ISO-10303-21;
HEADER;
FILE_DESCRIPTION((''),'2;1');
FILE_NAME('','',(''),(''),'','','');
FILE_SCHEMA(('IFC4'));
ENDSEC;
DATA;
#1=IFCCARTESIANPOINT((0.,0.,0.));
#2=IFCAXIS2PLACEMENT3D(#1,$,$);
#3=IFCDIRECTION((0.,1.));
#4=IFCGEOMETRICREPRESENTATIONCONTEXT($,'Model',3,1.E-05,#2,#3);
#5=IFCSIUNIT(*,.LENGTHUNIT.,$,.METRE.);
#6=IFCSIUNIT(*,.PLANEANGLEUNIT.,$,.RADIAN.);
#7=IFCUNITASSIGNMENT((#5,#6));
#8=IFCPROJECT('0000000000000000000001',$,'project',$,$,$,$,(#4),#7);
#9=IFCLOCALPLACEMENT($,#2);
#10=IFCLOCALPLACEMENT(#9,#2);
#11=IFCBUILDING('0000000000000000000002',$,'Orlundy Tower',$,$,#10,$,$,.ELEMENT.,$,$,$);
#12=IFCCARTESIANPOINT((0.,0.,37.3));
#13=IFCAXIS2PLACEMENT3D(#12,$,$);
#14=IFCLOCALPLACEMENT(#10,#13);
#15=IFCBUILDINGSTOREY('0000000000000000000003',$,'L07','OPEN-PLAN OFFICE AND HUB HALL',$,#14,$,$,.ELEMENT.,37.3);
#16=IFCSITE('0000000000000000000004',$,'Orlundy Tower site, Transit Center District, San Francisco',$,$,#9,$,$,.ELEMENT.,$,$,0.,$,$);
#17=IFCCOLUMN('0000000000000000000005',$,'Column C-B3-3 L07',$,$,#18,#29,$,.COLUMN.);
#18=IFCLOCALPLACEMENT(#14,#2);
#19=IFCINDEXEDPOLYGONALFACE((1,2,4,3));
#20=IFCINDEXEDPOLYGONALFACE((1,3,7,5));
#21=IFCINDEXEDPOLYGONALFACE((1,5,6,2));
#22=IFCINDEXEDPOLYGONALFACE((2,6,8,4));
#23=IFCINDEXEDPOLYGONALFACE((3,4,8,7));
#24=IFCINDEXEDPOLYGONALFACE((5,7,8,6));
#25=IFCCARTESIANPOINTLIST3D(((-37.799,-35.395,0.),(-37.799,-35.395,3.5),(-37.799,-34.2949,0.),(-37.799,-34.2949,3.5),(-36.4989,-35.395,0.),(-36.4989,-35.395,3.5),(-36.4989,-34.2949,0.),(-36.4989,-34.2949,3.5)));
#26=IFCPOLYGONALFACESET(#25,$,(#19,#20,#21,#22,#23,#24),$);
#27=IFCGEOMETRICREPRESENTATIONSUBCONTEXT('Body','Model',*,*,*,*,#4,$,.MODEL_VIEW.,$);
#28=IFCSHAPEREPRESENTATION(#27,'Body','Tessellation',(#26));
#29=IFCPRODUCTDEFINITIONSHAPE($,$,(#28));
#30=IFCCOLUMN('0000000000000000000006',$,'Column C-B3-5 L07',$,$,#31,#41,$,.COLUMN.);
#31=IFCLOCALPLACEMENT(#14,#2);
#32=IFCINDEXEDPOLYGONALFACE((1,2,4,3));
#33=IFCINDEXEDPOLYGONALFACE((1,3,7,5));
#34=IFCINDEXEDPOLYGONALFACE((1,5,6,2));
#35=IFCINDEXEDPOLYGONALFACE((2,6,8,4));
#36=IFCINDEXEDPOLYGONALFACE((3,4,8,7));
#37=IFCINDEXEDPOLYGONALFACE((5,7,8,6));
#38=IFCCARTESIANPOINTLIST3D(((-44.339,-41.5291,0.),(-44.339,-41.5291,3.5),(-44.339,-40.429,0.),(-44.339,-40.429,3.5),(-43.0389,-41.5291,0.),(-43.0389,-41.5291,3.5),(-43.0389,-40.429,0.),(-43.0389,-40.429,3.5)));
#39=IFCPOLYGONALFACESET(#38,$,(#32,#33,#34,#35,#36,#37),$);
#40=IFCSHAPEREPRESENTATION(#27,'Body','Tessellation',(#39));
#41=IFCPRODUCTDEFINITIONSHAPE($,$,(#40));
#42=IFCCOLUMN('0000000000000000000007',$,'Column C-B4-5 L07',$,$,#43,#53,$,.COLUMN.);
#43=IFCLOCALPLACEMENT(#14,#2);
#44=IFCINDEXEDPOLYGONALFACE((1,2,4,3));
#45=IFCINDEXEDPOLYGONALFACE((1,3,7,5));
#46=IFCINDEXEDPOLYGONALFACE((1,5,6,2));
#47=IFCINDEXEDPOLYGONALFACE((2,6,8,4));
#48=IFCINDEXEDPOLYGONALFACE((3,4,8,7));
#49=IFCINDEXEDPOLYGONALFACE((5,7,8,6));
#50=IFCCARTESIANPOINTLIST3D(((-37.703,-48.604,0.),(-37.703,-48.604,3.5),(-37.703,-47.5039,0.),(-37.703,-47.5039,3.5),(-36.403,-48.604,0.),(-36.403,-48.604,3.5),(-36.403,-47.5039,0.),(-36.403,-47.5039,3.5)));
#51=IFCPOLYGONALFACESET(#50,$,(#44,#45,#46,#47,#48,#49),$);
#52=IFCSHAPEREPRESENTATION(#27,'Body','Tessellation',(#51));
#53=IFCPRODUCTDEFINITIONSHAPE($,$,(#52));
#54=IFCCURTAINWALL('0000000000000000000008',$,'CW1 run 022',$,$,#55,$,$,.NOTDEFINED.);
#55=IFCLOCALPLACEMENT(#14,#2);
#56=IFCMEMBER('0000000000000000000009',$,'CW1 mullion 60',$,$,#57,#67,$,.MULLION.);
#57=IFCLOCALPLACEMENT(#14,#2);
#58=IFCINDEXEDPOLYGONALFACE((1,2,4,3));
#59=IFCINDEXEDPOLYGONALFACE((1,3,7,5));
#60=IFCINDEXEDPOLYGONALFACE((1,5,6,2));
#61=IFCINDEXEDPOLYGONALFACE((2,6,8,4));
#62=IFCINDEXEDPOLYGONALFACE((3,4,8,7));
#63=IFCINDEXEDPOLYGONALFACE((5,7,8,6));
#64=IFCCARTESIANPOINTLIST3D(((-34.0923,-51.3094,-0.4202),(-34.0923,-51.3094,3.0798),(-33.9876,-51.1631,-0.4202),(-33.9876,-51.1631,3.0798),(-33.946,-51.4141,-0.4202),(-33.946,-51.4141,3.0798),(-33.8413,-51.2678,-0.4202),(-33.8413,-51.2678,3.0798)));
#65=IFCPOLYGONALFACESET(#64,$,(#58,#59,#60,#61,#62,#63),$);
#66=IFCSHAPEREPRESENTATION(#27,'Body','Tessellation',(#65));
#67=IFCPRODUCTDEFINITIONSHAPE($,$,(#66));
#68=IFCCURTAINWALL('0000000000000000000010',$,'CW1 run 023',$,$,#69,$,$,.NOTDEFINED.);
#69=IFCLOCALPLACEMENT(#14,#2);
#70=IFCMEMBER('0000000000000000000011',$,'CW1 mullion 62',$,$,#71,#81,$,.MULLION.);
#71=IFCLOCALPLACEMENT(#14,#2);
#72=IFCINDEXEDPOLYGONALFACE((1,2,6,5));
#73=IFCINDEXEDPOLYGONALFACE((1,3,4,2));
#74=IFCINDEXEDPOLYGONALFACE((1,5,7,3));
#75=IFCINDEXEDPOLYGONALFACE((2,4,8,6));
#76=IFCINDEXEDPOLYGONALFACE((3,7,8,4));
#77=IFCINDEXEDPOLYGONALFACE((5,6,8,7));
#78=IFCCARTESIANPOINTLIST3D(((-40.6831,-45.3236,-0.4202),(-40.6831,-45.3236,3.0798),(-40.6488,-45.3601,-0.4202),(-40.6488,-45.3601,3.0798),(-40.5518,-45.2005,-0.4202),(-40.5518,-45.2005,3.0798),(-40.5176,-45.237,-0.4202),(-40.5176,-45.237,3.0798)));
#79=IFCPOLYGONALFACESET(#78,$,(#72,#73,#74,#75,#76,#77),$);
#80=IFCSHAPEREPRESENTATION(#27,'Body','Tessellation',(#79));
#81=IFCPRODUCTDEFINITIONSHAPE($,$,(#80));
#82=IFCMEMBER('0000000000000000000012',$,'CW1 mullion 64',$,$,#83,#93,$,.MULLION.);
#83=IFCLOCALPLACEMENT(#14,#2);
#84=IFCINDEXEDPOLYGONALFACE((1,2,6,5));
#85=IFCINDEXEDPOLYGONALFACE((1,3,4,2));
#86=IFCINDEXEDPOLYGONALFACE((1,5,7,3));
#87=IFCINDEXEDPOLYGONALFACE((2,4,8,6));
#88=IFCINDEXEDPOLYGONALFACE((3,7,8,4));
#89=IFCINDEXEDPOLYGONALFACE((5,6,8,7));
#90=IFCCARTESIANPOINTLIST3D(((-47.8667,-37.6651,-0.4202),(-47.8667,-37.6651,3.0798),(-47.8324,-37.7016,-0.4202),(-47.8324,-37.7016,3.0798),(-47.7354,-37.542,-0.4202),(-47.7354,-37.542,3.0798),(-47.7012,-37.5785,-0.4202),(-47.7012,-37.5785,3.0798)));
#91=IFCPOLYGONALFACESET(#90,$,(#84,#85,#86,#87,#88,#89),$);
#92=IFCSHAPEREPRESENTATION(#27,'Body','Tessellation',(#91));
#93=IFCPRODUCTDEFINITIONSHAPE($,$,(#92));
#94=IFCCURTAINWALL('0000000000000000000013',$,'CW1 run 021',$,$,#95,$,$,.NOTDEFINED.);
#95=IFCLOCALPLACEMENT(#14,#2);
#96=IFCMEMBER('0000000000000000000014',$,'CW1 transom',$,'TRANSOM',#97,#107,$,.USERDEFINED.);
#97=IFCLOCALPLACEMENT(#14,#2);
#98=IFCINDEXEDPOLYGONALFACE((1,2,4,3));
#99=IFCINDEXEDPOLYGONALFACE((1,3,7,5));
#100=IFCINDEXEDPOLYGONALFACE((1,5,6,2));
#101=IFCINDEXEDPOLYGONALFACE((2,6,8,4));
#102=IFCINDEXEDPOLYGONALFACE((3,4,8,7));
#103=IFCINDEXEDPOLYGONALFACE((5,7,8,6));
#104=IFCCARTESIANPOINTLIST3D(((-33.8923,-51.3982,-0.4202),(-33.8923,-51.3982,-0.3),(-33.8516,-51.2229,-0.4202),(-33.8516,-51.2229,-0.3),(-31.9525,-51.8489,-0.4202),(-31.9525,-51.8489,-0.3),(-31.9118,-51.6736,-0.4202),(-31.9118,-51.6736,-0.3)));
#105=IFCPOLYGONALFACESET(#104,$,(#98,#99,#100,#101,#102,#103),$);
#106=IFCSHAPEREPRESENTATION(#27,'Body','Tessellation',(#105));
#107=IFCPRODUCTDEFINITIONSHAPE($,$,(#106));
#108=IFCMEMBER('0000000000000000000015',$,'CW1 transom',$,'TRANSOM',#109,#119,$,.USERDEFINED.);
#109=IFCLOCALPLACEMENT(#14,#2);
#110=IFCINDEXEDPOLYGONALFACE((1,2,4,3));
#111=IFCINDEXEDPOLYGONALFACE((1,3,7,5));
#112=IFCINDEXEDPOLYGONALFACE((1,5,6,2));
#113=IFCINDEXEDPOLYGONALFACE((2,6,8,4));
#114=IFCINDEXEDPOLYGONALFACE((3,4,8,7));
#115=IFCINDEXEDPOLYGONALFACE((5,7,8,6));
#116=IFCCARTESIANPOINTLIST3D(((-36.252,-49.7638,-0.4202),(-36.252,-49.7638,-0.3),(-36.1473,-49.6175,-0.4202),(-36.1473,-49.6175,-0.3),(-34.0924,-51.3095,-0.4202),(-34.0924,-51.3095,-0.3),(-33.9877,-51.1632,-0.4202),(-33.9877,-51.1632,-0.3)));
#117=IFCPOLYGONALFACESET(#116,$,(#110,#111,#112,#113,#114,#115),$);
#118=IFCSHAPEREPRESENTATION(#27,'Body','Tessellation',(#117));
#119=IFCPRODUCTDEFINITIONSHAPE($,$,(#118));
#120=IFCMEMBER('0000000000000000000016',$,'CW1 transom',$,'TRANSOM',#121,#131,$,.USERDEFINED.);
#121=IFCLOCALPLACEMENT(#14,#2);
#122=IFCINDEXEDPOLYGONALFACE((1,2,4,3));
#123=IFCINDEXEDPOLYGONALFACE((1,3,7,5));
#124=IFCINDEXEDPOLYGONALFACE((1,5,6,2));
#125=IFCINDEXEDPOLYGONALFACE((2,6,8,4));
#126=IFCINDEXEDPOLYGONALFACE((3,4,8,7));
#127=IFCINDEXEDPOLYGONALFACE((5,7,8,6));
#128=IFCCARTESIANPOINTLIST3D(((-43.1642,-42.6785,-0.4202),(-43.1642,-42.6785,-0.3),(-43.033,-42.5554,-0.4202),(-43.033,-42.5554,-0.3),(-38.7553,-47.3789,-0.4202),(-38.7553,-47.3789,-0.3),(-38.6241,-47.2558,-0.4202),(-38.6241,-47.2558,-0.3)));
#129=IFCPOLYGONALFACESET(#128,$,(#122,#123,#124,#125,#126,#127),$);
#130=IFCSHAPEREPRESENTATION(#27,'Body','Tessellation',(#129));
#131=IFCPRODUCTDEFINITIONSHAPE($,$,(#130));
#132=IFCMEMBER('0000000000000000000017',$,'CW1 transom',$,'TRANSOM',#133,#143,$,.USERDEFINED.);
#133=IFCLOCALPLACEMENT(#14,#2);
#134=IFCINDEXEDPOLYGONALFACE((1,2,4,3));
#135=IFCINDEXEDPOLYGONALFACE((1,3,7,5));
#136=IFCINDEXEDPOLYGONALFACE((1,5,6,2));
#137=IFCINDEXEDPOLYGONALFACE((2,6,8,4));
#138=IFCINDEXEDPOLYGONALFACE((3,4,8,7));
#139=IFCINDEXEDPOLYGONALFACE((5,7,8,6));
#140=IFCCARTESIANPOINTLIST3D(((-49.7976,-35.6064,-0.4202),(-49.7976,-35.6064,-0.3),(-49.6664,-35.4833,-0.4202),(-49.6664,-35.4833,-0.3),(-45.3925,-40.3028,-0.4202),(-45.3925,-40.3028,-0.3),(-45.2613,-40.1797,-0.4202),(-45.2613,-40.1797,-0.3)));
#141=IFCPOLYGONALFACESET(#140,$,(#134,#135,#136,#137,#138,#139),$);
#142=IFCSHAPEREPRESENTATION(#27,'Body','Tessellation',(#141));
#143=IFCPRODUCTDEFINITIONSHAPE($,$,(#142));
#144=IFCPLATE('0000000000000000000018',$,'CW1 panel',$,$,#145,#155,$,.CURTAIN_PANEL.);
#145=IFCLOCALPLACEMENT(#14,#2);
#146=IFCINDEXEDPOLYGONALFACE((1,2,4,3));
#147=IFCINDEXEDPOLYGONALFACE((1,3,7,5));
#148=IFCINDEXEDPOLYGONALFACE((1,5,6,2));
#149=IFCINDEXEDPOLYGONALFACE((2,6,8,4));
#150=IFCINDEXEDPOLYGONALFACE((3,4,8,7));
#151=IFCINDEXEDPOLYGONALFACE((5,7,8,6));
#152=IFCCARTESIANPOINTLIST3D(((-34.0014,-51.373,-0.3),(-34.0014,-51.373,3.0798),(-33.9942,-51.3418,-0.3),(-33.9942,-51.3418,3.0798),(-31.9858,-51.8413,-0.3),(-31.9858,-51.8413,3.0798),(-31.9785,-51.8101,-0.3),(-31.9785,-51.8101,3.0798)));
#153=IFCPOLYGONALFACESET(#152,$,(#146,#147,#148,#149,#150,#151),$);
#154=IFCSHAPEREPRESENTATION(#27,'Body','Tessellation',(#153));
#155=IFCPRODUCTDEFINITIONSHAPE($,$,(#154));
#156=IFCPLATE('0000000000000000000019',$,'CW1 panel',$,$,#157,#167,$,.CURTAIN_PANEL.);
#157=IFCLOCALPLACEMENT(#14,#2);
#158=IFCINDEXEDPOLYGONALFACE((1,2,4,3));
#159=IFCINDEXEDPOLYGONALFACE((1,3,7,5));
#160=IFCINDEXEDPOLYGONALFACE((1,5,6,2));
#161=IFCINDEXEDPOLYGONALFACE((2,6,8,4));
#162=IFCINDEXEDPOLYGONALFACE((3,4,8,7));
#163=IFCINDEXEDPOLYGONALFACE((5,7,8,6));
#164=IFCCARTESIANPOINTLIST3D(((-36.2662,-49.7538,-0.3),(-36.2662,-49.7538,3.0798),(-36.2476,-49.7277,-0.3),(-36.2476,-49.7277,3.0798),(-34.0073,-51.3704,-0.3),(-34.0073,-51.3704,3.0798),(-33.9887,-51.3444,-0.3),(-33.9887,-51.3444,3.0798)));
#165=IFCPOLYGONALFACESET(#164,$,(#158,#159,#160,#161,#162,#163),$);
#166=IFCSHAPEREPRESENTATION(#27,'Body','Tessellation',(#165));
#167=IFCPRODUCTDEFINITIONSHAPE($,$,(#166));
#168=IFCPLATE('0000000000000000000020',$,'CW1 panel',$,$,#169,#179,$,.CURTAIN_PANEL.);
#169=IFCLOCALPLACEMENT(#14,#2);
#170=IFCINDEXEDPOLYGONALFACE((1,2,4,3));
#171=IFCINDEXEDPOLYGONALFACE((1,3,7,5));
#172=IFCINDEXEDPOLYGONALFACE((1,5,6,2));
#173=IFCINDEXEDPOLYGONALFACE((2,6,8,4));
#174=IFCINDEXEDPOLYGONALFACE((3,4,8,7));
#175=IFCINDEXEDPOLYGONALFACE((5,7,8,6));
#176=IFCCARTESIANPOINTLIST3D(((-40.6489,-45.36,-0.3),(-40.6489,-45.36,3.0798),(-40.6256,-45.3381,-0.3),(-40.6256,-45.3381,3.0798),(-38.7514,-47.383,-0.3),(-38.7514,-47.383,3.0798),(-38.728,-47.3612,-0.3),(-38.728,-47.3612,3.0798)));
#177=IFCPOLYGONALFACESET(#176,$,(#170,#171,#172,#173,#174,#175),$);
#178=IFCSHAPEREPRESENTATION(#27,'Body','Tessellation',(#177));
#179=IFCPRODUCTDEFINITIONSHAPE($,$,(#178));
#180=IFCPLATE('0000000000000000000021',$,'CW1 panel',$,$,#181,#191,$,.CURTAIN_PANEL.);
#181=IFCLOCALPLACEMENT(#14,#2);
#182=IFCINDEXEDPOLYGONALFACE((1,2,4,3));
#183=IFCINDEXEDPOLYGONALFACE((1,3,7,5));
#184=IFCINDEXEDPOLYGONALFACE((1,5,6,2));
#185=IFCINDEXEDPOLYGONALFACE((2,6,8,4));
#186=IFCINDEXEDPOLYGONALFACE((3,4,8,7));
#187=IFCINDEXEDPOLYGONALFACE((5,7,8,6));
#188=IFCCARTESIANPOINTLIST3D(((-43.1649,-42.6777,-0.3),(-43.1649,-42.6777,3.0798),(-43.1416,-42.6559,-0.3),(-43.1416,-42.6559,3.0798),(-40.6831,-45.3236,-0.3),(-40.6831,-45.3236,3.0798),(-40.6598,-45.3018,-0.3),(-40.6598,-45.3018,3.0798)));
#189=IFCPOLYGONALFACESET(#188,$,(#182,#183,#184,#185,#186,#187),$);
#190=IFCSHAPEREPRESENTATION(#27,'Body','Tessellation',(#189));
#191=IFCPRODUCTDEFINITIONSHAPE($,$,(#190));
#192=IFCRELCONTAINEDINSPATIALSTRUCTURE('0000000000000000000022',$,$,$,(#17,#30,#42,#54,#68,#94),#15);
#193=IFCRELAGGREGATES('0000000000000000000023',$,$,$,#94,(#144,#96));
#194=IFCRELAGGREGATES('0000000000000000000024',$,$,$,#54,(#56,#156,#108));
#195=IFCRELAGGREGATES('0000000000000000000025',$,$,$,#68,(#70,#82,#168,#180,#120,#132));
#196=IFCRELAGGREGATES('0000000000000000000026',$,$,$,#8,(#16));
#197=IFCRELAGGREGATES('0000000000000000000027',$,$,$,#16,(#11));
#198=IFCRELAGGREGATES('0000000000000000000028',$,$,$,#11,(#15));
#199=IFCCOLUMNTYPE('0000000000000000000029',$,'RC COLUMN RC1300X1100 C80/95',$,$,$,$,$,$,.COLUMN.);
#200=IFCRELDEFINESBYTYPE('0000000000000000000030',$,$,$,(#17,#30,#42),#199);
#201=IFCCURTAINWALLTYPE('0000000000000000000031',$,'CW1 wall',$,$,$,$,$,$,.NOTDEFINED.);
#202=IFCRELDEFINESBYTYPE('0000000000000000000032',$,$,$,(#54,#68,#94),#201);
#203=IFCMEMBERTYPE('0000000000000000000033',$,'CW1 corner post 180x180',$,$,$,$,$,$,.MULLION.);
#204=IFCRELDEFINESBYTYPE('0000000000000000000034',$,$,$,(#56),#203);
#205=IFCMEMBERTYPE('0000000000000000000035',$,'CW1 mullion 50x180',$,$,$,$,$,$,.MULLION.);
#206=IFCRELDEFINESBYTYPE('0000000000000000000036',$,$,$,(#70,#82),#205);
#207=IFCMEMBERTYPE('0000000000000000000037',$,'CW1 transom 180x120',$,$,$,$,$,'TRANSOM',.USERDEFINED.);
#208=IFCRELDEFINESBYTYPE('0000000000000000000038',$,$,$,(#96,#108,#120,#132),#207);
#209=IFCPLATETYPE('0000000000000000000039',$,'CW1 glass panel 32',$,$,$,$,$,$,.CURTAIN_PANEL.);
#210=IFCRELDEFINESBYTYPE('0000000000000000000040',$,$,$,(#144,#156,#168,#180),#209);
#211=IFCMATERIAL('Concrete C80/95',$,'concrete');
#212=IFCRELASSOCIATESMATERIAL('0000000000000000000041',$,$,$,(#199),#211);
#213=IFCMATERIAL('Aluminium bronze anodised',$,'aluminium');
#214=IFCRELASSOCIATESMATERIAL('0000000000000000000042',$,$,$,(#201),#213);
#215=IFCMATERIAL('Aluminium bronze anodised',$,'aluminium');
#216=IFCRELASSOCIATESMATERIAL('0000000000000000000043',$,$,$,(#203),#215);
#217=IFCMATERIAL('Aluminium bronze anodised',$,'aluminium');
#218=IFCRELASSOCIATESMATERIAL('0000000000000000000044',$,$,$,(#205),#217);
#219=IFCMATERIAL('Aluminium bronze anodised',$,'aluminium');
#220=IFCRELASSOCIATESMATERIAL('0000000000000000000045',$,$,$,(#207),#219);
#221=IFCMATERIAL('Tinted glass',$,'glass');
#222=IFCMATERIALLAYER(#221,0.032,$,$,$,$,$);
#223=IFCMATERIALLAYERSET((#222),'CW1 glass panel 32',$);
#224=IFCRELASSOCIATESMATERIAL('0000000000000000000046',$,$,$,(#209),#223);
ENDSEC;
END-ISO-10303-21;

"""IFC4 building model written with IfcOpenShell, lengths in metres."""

from ifc_helpers import new_model, si_unit, direction, frame, origin, origin_2d, place, context, subcontext, project, spatial, rectangle, extrude, material, layer, layer_set, material_profile, profile_set, type_object, element, aggregate, save


model = new_model("IFC4")

# Units and contexts
model_context = context("Model", 3, precision=1e-05, world=origin(), true_north=direction((0.0, 1.0)))
body_context = subcontext(model_context, "Body", "Model", "MODEL_VIEW")
ifc_project = project(units=[si_unit("LENGTHUNIT", "METRE"), si_unit("PLANEANGLEUNIT", "RADIAN")], contexts=[model_context])

# Site, building, storey
site_placement = place(None, origin())
site = spatial("IfcSite", under=ifc_project, at=site_placement, Name="Orlundy Tower site, Transit Center District, San Francisco", CompositionType="ELEMENT", RefElevation=0.0)
building_placement = place(site_placement, origin())
building = spatial("IfcBuilding", under=site, at=building_placement, Name="Orlundy Tower", CompositionType="ELEMENT")
storey_placement = place(building_placement, frame((0.0, 0.0, 37.3)))
storey = spatial("IfcBuildingStorey", under=building, at=storey_placement, Name="L07", Description="OPEN-PLAN OFFICE AND HUB HALL", CompositionType="ELEMENT", Elevation=37.3)

# Columns
ifc_material_1 = material(Name="Concrete C80/95", Category="concrete")
ifc_material_profile_1 = material_profile(ifc_material_1, rectangle(XDim=1.3, YDim=1.1001, at=origin_2d()), Name="RC1300X1100")
ifc_profile_set_1 = profile_set([ifc_material_profile_1], Name="Concrete C80/95")
column_type = type_object("IfcColumnType", Name="RC COLUMN RC1300X1100 C80/95", PredefinedType="COLUMN", material=ifc_profile_set_1)
for number, where, z_axis, x_axis, name in (
    (1, (-37.1489, -34.845, 0.0), (0.0, 0.0, 1.0), (1.0, 0.0, 0.0), "Column C-B3-3 L07"),
    (2, (-43.689, -40.979, 0.0), (0.0, 0.0, 1.0), (1.0, 0.0, 0.0), "Column C-B3-5 L07"),
    (3, (-37.053, -48.054, 0.0), (0.0, 0.0, 1.0), (1.0, 0.0, 0.0), "Column C-B4-5 L07"),
):
    element("IfcColumn", number, at=place(storey_placement, frame(where, z_axis=z_axis, x_axis=x_axis)), inside=storey, type_object=column_type, Name=name, PredefinedType="COLUMN", context=body_context, shape_type="SweptSolid", body=[
        extrude(rectangle(XDim=1.3, YDim=1.1001, at=origin_2d()), origin(), (0.0, 0.0, 1.0), 3.5),
    ])

# Curtain wall, member
ifc_material_2 = material(Name="Aluminium bronze anodised", Category="aluminium")
curtain_wall_type = type_object("IfcCurtainWallType", Name="CW1 wall", PredefinedType="NOTDEFINED", material=ifc_material_2)
curtain_wall_1_placement = place(storey_placement, origin())
curtain_wall_1 = element("IfcCurtainWall", 4, at=curtain_wall_1_placement, inside=storey, type_object=curtain_wall_type, Name="CW1 run 022", PredefinedType="NOTDEFINED")
ifc_material_3 = material(Name="Aluminium bronze anodised", Category="aluminium")
ifc_material_profile_2 = material_profile(ifc_material_3, rectangle(XDim=0.1799, YDim=0.1799, at=origin_2d()), Name="CW1 corner post 180x180")
ifc_profile_set_2 = profile_set([ifc_material_profile_2], Name="Aluminium bronze anodised")
member_type_1 = type_object("IfcMemberType", Name="CW1 corner post 180x180", PredefinedType="MULLION", material=ifc_profile_set_2)
member_1_placement = place(storey_placement, frame((-33.9668, -51.2886, -0.4202), z_axis=(0.0, 0.0, 1.0), x_axis=(-0.581978, -0.813204, 0.0)))
member_1 = element("IfcMember", 5, at=member_1_placement, type_object=member_type_1, Name="CW1 mullion 60", PredefinedType="MULLION", context=body_context, shape_type="SweptSolid", body=[
    extrude(rectangle(XDim=0.1799, YDim=0.1799, at=origin_2d()), origin(), (0.0, 0.0, 1.0), 3.5),
])

# Curtain wall, members
curtain_wall_2_placement = place(storey_placement, origin())
curtain_wall_2 = element("IfcCurtainWall", 6, at=curtain_wall_2_placement, inside=storey, type_object=curtain_wall_type, Name="CW1 run 023", PredefinedType="NOTDEFINED")
ifc_material_4 = material(Name="Aluminium bronze anodised", Category="aluminium")
ifc_material_profile_3 = material_profile(ifc_material_4, rectangle(XDim=0.1799, YDim=0.05, at=origin_2d()), Name="CW1 mullion 50x180")
ifc_profile_set_3 = profile_set([ifc_material_profile_3], Name="Aluminium bronze anodised")
member_type_2 = type_object("IfcMemberType", Name="CW1 mullion 50x180", PredefinedType="MULLION", material=ifc_profile_set_3)
member_2_placement = place(storey_placement, frame((-40.6003, -45.2803, -0.4202), z_axis=(0.0, 0.0, 1.0), x_axis=(-0.729363, -0.684126, 0.0)))
member_2 = element("IfcMember", 7, at=member_2_placement, type_object=member_type_2, Name="CW1 mullion 62", PredefinedType="MULLION", context=body_context, shape_type="SweptSolid", body=[
    extrude(rectangle(XDim=0.1799, YDim=0.05, at=origin_2d()), origin(), (0.0, 0.0, 1.0), 3.5),
])
member_3_placement = place(storey_placement, frame((-47.7839, -37.6218, -0.4202), z_axis=(0.0, 0.0, 1.0), x_axis=(-0.729363, -0.684126, 0.0)))
member_3 = element("IfcMember", 8, at=member_3_placement, type_object=member_type_2, Name="CW1 mullion 64", PredefinedType="MULLION", context=body_context, shape_type="SweptSolid", body=[
    extrude(rectangle(XDim=0.1799, YDim=0.05, at=origin_2d()), origin(), (0.0, 0.0, 1.0), 3.5),
])

# Curtain wall, member
curtain_wall_3_placement = place(storey_placement, origin())
curtain_wall_3 = element("IfcCurtainWall", 9, at=curtain_wall_3_placement, inside=storey, type_object=curtain_wall_type, Name="CW1 run 021", PredefinedType="NOTDEFINED")
ifc_material_5 = material(Name="Aluminium bronze anodised", Category="aluminium")
ifc_material_profile_4 = material_profile(ifc_material_5, rectangle(XDim=0.1799, YDim=0.1201, at=origin_2d()), Name="CW1 transom 180x120")
ifc_profile_set_4 = profile_set([ifc_material_profile_4], Name="Aluminium bronze anodised")
member_type_3 = type_object("IfcMemberType", Name="CW1 transom 180x120", ElementType="TRANSOM", PredefinedType="USERDEFINED", material=ifc_profile_set_4)
member_4_placement = place(storey_placement, frame((-31.9321, -51.7612, -0.3601), z_axis=(-0.974053, 0.226319, 0.0), x_axis=(-0.226319, -0.974053, 0.0)))
member_4 = element("IfcMember", 10, at=member_4_placement, type_object=member_type_3, Name="CW1 transom", ObjectType="TRANSOM", PredefinedType="USERDEFINED", context=body_context, shape_type="SweptSolid", body=[
    extrude(rectangle(XDim=0.1799, YDim=0.1201, at=origin_2d()), origin(), (0.0, 0.0, 1.0), 1.9915),
])

# Members
member_5_placement = place(storey_placement, frame((-34.04, -51.2363, -0.3601), z_axis=(-0.813193, 0.581994, 0.0), x_axis=(-0.581994, -0.813193, 0.0)))
member_5 = element("IfcMember", 11, at=member_5_placement, type_object=member_type_3, Name="CW1 transom", ObjectType="TRANSOM", PredefinedType="USERDEFINED", context=body_context, shape_type="SweptSolid", body=[
    extrude(rectangle(XDim=0.1799, YDim=0.1201, at=origin_2d()), origin(), (0.0, 0.0, 1.0), 2.6558),
])
member_6_placement = place(storey_placement, frame((-38.6897, -47.3174, -0.3601), z_axis=(-0.684129, 0.729361, 0.0), x_axis=(-0.729361, -0.684129, 0.0)))
member_6 = element("IfcMember", 12, at=member_6_placement, type_object=member_type_3, Name="CW1 transom", ObjectType="TRANSOM", PredefinedType="USERDEFINED", context=body_context, shape_type="SweptSolid", body=[
    extrude(rectangle(XDim=0.1799, YDim=0.1201, at=origin_2d()), origin(), (0.0, 0.0, 1.0), 6.4446),
])
member_7_placement = place(storey_placement, frame((-45.3269, -40.2412, -0.3601), z_axis=(-0.684128, 0.729362, 0.0), x_axis=(-0.729362, -0.684128, 0.0)))
member_7 = element("IfcMember", 13, at=member_7_placement, type_object=member_type_3, Name="CW1 transom", ObjectType="TRANSOM", PredefinedType="USERDEFINED", context=body_context, shape_type="SweptSolid", body=[
    extrude(rectangle(XDim=0.1799, YDim=0.1201, at=origin_2d()), origin(), (0.0, 0.0, 1.0), 6.439),
])

# Plates
ifc_material_6 = material(Name="Tinted glass", Category="glass")
ifc_layer_1 = layer(ifc_material_6, 0.032)
ifc_layer_set_1 = layer_set([ifc_layer_1], Name="CW1 glass panel 32")
plate_type = type_object("IfcPlateType", Name="CW1 glass panel 32", PredefinedType="CURTAIN_PANEL", material=ifc_layer_set_1)
plate_1_placement = place(storey_placement, frame((-32.99, -51.5916, -0.3), z_axis=(0.0, 0.0, 1.0), x_axis=(-0.974054, 0.226317, 0.0)))
plate_1 = element("IfcPlate", 14, at=plate_1_placement, type_object=plate_type, Name="CW1 panel", PredefinedType="CURTAIN_PANEL", context=body_context, shape_type="SweptSolid", body=[
    extrude(rectangle(XDim=2.0693, YDim=0.032, at=origin_2d()), origin(), (0.0, 0.0, 1.0), 3.3799),
])
aggregate(curtain_wall_3, [plate_1, member_4])
plate_2_placement = place(storey_placement, frame((-35.1274, -50.5491, -0.3), z_axis=(0.0, 0.0, 1.0), x_axis=(-0.813204, 0.581978, 0.0)))
plate_2 = element("IfcPlate", 15, at=plate_2_placement, type_object=plate_type, Name="CW1 panel", PredefinedType="CURTAIN_PANEL", context=body_context, shape_type="SweptSolid", body=[
    extrude(rectangle(XDim=2.7778, YDim=0.032, at=origin_2d()), origin(), (0.0, 0.0, 1.0), 3.3799),
])
aggregate(curtain_wall_1, [member_1, plate_2, member_5])
plate_3_placement = place(storey_placement, frame((-39.6885, -46.3606, -0.3), z_axis=(0.0, 0.0, 1.0), x_axis=(-0.684126, 0.729363, 0.0)))
plate_3 = element("IfcPlate", 16, at=plate_3_placement, type_object=plate_type, Name="CW1 panel", PredefinedType="CURTAIN_PANEL", context=body_context, shape_type="SweptSolid", body=[
    extrude(rectangle(XDim=2.7737, YDim=0.032, at=origin_2d()), origin(), (0.0, 0.0, 1.0), 3.3799),
])
plate_4_placement = place(storey_placement, frame((-41.9124, -43.9897, -0.3), z_axis=(0.0, 0.0, 1.0), x_axis=(-0.684126, 0.729363, 0.0)))
plate_4 = element("IfcPlate", 17, at=plate_4_placement, type_object=plate_type, Name="CW1 panel", PredefinedType="CURTAIN_PANEL", context=body_context, shape_type="SweptSolid", body=[
    extrude(rectangle(XDim=3.6277, YDim=0.032, at=origin_2d()), origin(), (0.0, 0.0, 1.0), 3.3799),
])
aggregate(curtain_wall_2, [member_2, member_3, plate_3, plate_4, member_6, member_7])

save(model, "model.ifc")
